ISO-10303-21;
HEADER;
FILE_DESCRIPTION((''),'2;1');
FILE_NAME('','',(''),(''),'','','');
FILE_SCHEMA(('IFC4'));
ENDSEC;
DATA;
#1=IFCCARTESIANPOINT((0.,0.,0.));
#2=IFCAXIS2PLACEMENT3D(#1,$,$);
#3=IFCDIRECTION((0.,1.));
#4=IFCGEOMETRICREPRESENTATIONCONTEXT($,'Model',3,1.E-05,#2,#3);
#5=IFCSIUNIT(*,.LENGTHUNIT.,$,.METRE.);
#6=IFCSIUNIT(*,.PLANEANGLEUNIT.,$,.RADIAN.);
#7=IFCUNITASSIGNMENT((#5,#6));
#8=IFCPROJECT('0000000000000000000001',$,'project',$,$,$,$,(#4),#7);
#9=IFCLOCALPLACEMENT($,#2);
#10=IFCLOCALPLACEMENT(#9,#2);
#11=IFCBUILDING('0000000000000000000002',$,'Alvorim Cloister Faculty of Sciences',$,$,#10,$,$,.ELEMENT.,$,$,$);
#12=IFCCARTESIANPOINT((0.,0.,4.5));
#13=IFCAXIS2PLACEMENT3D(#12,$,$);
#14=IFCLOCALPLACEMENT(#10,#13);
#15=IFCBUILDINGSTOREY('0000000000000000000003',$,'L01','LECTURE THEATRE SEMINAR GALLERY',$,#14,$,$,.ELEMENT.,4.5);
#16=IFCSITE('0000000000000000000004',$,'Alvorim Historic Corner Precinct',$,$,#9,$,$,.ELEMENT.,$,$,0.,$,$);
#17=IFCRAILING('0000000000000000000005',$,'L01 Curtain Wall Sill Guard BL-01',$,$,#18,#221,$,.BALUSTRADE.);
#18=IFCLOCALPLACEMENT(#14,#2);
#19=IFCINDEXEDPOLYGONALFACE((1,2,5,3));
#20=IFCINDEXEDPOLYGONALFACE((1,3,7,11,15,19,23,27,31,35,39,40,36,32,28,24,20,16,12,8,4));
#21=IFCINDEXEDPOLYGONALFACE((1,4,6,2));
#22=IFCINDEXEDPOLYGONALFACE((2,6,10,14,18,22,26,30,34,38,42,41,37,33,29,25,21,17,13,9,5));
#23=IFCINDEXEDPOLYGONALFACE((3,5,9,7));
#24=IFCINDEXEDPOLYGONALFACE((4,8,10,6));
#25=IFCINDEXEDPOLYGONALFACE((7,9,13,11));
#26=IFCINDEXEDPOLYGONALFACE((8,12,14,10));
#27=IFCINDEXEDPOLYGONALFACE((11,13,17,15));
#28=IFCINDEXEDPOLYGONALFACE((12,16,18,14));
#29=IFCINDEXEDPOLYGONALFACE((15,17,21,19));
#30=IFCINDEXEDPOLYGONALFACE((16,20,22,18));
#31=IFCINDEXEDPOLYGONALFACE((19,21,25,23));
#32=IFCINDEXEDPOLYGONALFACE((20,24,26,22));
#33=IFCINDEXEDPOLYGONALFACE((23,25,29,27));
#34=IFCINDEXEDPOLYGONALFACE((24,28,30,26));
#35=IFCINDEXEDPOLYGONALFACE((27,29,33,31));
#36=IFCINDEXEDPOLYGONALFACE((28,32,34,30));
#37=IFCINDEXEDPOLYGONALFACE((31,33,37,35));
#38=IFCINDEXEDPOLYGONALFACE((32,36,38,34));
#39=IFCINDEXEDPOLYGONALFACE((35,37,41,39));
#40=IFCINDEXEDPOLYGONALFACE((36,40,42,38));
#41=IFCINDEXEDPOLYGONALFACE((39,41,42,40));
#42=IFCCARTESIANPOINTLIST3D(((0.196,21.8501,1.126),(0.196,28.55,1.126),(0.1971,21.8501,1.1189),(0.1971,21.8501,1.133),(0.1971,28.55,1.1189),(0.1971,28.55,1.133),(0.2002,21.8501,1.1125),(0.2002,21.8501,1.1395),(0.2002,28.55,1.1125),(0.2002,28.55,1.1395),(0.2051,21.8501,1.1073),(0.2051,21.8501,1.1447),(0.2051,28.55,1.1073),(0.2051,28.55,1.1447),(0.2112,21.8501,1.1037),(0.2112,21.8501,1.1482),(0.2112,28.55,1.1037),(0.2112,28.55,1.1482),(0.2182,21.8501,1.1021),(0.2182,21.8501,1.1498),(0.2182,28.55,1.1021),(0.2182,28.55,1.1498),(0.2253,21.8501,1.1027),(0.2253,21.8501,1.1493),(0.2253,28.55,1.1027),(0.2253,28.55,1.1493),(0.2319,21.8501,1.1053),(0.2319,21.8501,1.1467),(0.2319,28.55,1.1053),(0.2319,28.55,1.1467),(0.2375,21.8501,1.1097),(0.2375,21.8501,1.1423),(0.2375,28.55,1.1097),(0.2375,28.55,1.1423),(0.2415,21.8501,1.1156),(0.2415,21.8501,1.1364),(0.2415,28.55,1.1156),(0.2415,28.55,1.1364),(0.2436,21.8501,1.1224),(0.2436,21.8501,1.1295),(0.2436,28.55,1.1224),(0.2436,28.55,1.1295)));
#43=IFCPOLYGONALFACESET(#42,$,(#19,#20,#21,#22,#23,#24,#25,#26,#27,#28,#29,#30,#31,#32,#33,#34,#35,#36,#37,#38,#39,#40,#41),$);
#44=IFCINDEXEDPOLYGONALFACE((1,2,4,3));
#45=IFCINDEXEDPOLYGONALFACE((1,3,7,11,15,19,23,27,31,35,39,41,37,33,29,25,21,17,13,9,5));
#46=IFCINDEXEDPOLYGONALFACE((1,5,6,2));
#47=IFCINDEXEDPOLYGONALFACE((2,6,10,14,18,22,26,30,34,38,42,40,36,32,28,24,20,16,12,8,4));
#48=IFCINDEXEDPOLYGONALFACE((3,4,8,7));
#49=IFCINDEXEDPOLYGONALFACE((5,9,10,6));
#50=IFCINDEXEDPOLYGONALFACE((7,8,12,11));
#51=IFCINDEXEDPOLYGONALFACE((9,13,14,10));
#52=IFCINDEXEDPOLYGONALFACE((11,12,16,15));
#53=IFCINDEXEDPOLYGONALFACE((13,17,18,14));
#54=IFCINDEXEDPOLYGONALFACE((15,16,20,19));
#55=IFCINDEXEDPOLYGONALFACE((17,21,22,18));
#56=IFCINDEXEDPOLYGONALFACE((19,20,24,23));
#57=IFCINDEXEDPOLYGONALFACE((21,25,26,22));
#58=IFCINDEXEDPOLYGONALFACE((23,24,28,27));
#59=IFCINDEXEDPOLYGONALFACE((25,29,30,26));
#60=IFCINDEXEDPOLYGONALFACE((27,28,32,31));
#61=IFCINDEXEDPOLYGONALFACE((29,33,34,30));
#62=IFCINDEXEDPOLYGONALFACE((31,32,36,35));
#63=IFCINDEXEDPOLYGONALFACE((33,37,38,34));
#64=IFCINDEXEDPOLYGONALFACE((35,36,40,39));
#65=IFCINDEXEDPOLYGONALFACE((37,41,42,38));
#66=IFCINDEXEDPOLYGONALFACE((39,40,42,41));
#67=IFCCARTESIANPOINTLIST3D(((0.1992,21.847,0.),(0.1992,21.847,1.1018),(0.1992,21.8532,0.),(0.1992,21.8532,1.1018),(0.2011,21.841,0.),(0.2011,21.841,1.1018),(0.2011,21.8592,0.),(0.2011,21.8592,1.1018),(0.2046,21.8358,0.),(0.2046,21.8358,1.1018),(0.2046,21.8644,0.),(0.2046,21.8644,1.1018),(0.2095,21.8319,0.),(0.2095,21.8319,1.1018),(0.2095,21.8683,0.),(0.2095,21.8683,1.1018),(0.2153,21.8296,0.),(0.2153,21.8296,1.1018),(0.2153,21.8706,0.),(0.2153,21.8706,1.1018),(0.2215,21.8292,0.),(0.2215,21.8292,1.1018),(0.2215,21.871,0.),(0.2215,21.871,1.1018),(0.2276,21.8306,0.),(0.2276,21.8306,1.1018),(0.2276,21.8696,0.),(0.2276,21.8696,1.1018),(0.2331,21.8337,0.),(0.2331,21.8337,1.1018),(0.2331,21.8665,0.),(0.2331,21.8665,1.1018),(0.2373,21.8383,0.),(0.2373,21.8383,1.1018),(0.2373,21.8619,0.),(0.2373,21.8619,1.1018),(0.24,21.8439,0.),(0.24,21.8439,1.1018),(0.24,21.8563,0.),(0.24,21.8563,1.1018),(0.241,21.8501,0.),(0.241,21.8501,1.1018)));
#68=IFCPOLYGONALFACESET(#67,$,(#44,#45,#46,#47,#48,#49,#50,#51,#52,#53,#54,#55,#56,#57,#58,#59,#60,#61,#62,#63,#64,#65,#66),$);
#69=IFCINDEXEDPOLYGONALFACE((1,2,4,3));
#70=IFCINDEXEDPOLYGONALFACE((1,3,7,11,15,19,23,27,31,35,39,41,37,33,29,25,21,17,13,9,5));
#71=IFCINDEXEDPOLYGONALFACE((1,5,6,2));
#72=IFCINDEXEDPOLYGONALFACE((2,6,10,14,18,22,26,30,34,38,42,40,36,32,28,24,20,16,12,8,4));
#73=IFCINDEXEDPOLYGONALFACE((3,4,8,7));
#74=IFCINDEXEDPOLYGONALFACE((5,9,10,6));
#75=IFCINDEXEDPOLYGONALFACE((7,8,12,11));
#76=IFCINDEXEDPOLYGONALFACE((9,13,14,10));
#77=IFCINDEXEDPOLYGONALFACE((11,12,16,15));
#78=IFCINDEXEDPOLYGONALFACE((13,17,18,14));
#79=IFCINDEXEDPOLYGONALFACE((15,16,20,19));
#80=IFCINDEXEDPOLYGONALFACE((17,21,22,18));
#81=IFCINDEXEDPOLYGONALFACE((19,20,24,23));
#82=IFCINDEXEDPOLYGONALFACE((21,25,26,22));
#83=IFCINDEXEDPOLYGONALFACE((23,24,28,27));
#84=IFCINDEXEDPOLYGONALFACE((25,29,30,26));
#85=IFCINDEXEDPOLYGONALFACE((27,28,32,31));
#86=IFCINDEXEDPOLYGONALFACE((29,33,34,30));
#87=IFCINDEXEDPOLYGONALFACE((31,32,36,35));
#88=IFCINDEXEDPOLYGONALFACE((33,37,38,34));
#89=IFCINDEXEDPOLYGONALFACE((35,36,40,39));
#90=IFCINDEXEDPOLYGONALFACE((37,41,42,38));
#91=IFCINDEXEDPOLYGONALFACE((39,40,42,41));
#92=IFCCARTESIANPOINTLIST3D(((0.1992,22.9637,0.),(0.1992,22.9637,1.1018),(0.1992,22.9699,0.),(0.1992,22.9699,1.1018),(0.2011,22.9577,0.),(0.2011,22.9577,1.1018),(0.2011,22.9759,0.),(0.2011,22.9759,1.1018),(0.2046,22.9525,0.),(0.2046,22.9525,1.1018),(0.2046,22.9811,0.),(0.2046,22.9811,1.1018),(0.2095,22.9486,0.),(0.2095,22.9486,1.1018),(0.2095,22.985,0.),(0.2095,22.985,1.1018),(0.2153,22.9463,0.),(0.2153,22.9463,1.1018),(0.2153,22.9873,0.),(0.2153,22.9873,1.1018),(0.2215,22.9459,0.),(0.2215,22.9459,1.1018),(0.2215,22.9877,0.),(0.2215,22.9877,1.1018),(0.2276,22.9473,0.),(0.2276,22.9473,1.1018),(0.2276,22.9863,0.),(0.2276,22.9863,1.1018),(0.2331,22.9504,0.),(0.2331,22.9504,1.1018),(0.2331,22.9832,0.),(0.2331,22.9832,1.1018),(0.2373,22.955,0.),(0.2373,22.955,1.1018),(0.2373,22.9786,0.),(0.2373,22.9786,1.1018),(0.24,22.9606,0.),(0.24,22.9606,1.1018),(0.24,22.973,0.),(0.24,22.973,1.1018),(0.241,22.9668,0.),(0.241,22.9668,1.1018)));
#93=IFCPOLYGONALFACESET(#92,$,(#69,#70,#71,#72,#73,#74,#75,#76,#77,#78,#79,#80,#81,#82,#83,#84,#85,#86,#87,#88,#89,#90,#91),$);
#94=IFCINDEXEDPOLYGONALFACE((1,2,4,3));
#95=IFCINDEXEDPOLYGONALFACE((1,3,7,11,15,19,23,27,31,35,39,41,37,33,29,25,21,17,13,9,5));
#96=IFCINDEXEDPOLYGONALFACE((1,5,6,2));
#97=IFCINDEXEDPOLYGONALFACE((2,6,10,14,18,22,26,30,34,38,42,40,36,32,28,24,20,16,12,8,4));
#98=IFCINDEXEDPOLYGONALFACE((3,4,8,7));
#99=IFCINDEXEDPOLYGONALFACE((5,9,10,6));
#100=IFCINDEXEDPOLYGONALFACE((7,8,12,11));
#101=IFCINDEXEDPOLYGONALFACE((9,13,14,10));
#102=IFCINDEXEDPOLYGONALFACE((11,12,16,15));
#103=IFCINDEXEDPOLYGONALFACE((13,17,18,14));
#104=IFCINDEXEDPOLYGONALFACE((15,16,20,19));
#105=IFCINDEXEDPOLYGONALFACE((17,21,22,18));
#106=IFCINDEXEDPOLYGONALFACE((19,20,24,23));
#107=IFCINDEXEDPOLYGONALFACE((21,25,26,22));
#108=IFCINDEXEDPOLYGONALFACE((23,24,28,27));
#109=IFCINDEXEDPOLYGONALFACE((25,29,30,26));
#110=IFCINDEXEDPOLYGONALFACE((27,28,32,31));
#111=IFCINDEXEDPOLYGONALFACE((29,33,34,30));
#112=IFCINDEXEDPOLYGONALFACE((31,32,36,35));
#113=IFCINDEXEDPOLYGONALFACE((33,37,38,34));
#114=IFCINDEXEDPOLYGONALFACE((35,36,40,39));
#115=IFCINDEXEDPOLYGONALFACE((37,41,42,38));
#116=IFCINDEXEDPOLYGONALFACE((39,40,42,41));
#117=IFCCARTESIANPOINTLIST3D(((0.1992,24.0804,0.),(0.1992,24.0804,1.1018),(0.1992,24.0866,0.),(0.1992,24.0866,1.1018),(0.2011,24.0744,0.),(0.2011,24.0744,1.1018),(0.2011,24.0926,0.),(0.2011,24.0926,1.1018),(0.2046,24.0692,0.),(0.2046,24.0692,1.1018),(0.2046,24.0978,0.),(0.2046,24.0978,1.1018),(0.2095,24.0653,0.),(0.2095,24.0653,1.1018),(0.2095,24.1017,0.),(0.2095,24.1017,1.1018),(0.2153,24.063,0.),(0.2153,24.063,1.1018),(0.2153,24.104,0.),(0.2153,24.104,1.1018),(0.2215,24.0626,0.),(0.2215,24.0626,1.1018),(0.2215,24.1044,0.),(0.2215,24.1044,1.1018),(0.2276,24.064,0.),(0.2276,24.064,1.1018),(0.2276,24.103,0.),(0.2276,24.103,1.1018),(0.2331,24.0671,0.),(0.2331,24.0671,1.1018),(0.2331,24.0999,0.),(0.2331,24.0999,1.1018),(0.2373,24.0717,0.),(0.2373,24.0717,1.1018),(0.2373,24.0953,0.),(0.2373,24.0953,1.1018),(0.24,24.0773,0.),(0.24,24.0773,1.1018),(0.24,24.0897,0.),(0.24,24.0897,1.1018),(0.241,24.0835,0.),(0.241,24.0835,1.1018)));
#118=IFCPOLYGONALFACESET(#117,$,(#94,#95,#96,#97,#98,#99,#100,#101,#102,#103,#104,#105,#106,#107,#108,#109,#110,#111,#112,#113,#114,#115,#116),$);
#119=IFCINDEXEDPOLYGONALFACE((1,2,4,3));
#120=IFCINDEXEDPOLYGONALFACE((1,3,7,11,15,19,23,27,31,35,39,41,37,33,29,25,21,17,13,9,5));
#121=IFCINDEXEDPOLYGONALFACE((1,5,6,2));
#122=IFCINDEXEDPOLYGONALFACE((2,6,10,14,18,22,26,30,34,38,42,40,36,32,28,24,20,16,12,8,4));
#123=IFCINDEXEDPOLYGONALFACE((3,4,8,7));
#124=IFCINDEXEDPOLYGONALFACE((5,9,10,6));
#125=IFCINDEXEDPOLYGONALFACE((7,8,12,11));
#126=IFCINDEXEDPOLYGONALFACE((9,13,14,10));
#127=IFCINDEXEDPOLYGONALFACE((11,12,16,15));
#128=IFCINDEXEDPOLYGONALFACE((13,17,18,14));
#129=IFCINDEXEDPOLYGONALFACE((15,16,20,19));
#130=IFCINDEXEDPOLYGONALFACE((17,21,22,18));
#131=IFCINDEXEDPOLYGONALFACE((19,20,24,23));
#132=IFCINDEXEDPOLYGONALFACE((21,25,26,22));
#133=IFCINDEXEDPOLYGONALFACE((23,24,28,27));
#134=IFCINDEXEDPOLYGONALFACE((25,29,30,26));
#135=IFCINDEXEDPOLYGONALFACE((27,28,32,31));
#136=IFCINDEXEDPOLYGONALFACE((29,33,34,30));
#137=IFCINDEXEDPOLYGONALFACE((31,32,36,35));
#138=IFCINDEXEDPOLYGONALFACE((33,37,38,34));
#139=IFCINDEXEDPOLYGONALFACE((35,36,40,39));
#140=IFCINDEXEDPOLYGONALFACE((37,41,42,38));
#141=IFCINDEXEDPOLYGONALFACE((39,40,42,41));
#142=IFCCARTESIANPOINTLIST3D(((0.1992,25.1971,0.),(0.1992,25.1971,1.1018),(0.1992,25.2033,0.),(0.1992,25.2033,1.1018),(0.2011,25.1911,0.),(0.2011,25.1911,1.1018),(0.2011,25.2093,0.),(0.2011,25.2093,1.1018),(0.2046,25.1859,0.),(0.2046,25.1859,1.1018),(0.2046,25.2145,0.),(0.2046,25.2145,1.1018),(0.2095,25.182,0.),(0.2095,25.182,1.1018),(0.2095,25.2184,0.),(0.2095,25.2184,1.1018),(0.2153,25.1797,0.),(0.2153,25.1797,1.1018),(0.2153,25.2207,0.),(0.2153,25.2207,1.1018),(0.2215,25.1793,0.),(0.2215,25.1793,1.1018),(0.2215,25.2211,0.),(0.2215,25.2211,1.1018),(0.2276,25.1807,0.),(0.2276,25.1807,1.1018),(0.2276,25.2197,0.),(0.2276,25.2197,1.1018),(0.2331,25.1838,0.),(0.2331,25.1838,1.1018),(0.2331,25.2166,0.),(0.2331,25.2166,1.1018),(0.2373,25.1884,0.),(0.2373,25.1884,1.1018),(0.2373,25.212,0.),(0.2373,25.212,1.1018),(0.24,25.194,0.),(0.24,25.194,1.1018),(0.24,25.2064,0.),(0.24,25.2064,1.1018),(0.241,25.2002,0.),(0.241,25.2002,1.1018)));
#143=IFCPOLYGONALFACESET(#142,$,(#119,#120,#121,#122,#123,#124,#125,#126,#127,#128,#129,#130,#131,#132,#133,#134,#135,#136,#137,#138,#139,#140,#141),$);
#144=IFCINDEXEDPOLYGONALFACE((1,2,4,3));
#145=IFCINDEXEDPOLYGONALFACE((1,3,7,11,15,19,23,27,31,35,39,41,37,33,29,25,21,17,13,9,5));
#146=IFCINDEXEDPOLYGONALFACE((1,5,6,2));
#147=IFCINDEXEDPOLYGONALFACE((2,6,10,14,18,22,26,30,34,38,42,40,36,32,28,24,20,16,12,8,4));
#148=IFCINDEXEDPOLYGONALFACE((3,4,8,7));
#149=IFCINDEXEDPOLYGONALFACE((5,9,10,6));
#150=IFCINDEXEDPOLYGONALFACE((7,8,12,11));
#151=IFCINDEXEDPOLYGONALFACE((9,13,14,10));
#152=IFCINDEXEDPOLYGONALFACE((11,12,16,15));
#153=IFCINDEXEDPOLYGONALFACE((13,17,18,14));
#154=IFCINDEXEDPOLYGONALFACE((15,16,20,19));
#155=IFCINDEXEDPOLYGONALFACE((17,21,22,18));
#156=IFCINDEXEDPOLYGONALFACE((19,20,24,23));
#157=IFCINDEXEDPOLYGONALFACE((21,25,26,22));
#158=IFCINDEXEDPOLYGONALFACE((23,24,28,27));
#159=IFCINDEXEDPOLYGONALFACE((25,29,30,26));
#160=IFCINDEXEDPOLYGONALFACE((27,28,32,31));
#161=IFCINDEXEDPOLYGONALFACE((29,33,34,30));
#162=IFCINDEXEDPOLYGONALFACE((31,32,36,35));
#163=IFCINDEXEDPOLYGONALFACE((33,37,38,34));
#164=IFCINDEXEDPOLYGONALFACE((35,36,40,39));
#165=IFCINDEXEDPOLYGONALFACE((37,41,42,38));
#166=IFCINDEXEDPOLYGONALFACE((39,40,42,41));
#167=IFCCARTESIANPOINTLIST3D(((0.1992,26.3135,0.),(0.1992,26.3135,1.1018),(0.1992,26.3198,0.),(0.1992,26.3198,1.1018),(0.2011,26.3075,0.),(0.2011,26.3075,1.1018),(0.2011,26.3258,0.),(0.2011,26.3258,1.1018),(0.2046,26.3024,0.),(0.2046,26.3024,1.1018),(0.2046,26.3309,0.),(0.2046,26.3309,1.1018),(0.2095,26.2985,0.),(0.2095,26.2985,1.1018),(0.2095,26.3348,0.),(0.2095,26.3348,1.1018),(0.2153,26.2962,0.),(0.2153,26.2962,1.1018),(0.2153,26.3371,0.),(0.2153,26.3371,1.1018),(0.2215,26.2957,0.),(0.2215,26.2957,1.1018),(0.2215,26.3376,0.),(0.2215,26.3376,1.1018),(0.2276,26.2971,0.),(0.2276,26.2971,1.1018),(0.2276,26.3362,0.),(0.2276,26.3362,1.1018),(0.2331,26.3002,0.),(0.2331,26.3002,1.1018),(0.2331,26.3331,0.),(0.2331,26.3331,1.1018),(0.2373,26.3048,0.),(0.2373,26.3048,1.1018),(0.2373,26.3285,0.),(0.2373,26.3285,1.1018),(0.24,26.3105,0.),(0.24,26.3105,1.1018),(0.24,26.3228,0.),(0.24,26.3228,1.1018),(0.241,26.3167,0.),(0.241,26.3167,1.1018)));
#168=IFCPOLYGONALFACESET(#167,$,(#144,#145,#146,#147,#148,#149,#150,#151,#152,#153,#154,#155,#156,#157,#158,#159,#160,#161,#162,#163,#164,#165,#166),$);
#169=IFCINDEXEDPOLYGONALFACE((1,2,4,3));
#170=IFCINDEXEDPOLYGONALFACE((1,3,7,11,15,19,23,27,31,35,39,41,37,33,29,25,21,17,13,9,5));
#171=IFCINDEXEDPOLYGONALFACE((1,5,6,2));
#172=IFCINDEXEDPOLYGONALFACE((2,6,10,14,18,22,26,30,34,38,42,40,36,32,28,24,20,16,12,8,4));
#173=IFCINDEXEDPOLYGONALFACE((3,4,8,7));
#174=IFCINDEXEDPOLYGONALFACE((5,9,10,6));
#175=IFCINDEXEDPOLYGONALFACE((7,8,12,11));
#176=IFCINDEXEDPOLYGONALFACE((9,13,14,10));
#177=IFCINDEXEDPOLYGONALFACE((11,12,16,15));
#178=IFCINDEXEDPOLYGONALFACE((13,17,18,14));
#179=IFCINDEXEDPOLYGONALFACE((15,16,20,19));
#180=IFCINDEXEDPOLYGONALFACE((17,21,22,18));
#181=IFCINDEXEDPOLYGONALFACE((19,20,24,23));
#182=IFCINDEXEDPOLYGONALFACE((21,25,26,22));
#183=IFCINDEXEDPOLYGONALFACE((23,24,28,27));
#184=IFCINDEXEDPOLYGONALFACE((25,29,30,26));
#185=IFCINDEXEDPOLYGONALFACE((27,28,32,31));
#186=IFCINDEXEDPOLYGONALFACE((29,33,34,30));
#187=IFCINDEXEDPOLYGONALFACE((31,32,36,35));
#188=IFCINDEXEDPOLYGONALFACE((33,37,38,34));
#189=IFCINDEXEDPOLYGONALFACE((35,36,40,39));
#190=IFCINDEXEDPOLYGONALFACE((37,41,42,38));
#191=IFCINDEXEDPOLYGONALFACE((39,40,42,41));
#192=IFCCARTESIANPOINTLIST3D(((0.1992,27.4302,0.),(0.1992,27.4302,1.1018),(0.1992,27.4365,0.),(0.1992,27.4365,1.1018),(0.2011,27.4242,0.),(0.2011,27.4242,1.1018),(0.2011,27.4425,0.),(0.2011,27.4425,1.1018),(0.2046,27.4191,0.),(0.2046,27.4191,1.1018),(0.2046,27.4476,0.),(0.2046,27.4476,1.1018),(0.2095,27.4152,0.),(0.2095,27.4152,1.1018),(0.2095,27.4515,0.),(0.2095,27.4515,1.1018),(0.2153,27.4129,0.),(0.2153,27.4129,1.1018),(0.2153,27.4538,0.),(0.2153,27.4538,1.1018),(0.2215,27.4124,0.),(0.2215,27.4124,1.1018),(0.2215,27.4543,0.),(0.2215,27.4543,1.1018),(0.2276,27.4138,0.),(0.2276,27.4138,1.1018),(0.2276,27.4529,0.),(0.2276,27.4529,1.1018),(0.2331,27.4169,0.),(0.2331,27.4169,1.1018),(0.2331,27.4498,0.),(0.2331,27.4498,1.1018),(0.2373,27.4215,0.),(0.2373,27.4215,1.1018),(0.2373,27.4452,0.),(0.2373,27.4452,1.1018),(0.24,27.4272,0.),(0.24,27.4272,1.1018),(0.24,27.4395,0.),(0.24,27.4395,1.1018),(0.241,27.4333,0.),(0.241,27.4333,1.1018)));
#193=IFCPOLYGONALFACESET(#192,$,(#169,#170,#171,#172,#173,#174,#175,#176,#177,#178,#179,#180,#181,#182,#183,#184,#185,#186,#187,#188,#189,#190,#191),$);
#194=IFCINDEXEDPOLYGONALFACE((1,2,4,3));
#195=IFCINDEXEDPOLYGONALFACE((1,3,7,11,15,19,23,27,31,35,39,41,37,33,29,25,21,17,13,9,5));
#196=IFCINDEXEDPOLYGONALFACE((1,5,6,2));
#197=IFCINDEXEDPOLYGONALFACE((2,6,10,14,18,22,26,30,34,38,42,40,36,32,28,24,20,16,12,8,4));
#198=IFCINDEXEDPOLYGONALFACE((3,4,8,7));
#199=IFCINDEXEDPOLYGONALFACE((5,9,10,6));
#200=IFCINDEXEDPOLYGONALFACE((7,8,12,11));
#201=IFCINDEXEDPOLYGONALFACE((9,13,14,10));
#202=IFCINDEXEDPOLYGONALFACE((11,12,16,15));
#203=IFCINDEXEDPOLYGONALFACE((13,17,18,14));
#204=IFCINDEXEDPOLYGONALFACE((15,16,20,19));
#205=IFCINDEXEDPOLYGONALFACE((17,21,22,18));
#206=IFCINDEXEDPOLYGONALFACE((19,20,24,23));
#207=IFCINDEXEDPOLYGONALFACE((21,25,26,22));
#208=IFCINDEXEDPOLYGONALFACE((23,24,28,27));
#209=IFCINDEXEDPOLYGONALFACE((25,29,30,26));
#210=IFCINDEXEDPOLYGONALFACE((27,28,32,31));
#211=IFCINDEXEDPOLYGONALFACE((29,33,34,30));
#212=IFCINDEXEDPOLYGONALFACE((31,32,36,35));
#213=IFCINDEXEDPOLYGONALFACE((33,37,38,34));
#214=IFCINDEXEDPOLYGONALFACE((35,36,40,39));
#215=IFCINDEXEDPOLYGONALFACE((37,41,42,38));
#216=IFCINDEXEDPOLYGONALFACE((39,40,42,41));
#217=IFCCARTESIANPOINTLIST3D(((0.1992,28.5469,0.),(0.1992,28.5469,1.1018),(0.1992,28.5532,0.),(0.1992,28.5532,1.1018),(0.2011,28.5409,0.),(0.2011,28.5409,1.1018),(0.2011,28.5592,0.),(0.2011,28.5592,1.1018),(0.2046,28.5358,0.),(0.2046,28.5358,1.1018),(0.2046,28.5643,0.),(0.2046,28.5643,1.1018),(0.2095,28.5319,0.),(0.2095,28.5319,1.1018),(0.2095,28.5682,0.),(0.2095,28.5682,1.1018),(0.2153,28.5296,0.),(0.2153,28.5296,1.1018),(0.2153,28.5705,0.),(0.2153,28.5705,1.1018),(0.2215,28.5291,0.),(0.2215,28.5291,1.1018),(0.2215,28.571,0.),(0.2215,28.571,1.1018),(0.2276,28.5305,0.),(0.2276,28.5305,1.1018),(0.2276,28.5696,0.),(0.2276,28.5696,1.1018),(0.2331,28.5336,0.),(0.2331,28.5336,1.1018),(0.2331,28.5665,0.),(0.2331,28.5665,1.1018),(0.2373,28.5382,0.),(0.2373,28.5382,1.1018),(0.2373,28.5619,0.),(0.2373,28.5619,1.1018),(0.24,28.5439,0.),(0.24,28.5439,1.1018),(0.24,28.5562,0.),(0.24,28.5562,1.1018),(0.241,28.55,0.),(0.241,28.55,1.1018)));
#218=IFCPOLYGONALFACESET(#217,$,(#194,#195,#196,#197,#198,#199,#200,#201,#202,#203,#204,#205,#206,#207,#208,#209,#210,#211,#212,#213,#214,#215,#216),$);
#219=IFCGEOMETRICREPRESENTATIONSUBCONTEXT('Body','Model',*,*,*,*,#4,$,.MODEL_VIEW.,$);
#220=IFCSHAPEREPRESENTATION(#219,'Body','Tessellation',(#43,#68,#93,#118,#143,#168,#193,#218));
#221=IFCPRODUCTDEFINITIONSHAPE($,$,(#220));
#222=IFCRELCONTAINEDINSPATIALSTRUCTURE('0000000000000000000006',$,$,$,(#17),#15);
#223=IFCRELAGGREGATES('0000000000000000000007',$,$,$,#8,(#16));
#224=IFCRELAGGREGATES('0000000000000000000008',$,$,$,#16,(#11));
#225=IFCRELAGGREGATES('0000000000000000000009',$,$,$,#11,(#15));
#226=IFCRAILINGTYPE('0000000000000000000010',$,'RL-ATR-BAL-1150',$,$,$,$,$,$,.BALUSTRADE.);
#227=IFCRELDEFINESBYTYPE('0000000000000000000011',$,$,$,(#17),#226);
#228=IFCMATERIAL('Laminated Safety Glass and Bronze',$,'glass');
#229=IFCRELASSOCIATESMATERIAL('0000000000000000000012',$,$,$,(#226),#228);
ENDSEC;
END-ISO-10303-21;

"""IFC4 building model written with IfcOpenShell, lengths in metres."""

from ifc_helpers import new_model, si_unit, direction, frame, origin, origin_2d, place, context, subcontext, project, spatial, circle, extrude, material, type_object, element, save


model = new_model("IFC4")

# Units and contexts
model_context = context("Model", 3, precision=1e-05, world=origin(), true_north=direction((0.0, 1.0)))
body_context = subcontext(model_context, "Body", "Model", "MODEL_VIEW")
ifc_project = project(units=[si_unit("LENGTHUNIT", "METRE"), si_unit("PLANEANGLEUNIT", "RADIAN")], contexts=[model_context])

# Site, building, storey
site_placement = place(None, origin())
site = spatial("IfcSite", under=ifc_project, at=site_placement, Name="Alvorim Historic Corner Precinct", CompositionType="ELEMENT", RefElevation=0.0)
building_placement = place(site_placement, origin())
building = spatial("IfcBuilding", under=site, at=building_placement, Name="Alvorim Cloister Faculty of Sciences", CompositionType="ELEMENT")
storey_placement = place(building_placement, frame((0.0, 0.0, 4.5)))
storey = spatial("IfcBuildingStorey", under=building, at=storey_placement, Name="L01", Description="LECTURE THEATRE SEMINAR GALLERY", CompositionType="ELEMENT", Elevation=4.5)

# Railing
ifc_material_1 = material(Name="Laminated Safety Glass and Bronze", Category="glass")
railing_type = type_object("IfcRailingType", Name="RL-ATR-BAL-1150", PredefinedType="BALUSTRADE", material=ifc_material_1)
for number, where, name in (
    (1, (0.22, 21.8501, 0.0), "L01 Curtain Wall Sill Guard BL-01"),
):
    element("IfcRailing", number, at=place(storey_placement, frame(where)), inside=storey, type_object=railing_type, Name=name, PredefinedType="BALUSTRADE", context=body_context, shape_type="SweptSolid", body=[
        extrude(circle(Radius=0.0239, at=origin_2d()), frame((0.0, 0.0, 1.126), z_axis=(0.0, 1.0, 0.0), x_axis=(-1.0, 0.0, 0.0)), (0.0, 0.0, 1.0), 6.7),
        extrude(circle(Radius=0.021, at=origin_2d()), origin(), (0.0, 0.0, 1.0), 1.1018),
        extrude(circle(Radius=0.021, at=origin_2d()), frame((0.0, 1.1167, 0.0)), (0.0, 0.0, 1.0), 1.1018),
        extrude(circle(Radius=0.021, at=origin_2d()), frame((0.0, 2.2334, 0.0)), (0.0, 0.0, 1.0), 1.1018),
        extrude(circle(Radius=0.021, at=origin_2d()), frame((0.0, 3.3501, 0.0)), (0.0, 0.0, 1.0), 1.1018),
        extrude(circle(Radius=0.021, at=origin_2d()), frame((0.0, 4.4666, 0.0)), (0.0, 0.0, 1.0), 1.1018),
        extrude(circle(Radius=0.021, at=origin_2d()), frame((0.0, 5.5833, 0.0)), (0.0, 0.0, 1.0), 1.1018),
        extrude(circle(Radius=0.021, at=origin_2d()), frame((0.0, 6.7, 0.0)), (0.0, 0.0, 1.0), 1.1018),
    ])

save(model, "model.ifc")
